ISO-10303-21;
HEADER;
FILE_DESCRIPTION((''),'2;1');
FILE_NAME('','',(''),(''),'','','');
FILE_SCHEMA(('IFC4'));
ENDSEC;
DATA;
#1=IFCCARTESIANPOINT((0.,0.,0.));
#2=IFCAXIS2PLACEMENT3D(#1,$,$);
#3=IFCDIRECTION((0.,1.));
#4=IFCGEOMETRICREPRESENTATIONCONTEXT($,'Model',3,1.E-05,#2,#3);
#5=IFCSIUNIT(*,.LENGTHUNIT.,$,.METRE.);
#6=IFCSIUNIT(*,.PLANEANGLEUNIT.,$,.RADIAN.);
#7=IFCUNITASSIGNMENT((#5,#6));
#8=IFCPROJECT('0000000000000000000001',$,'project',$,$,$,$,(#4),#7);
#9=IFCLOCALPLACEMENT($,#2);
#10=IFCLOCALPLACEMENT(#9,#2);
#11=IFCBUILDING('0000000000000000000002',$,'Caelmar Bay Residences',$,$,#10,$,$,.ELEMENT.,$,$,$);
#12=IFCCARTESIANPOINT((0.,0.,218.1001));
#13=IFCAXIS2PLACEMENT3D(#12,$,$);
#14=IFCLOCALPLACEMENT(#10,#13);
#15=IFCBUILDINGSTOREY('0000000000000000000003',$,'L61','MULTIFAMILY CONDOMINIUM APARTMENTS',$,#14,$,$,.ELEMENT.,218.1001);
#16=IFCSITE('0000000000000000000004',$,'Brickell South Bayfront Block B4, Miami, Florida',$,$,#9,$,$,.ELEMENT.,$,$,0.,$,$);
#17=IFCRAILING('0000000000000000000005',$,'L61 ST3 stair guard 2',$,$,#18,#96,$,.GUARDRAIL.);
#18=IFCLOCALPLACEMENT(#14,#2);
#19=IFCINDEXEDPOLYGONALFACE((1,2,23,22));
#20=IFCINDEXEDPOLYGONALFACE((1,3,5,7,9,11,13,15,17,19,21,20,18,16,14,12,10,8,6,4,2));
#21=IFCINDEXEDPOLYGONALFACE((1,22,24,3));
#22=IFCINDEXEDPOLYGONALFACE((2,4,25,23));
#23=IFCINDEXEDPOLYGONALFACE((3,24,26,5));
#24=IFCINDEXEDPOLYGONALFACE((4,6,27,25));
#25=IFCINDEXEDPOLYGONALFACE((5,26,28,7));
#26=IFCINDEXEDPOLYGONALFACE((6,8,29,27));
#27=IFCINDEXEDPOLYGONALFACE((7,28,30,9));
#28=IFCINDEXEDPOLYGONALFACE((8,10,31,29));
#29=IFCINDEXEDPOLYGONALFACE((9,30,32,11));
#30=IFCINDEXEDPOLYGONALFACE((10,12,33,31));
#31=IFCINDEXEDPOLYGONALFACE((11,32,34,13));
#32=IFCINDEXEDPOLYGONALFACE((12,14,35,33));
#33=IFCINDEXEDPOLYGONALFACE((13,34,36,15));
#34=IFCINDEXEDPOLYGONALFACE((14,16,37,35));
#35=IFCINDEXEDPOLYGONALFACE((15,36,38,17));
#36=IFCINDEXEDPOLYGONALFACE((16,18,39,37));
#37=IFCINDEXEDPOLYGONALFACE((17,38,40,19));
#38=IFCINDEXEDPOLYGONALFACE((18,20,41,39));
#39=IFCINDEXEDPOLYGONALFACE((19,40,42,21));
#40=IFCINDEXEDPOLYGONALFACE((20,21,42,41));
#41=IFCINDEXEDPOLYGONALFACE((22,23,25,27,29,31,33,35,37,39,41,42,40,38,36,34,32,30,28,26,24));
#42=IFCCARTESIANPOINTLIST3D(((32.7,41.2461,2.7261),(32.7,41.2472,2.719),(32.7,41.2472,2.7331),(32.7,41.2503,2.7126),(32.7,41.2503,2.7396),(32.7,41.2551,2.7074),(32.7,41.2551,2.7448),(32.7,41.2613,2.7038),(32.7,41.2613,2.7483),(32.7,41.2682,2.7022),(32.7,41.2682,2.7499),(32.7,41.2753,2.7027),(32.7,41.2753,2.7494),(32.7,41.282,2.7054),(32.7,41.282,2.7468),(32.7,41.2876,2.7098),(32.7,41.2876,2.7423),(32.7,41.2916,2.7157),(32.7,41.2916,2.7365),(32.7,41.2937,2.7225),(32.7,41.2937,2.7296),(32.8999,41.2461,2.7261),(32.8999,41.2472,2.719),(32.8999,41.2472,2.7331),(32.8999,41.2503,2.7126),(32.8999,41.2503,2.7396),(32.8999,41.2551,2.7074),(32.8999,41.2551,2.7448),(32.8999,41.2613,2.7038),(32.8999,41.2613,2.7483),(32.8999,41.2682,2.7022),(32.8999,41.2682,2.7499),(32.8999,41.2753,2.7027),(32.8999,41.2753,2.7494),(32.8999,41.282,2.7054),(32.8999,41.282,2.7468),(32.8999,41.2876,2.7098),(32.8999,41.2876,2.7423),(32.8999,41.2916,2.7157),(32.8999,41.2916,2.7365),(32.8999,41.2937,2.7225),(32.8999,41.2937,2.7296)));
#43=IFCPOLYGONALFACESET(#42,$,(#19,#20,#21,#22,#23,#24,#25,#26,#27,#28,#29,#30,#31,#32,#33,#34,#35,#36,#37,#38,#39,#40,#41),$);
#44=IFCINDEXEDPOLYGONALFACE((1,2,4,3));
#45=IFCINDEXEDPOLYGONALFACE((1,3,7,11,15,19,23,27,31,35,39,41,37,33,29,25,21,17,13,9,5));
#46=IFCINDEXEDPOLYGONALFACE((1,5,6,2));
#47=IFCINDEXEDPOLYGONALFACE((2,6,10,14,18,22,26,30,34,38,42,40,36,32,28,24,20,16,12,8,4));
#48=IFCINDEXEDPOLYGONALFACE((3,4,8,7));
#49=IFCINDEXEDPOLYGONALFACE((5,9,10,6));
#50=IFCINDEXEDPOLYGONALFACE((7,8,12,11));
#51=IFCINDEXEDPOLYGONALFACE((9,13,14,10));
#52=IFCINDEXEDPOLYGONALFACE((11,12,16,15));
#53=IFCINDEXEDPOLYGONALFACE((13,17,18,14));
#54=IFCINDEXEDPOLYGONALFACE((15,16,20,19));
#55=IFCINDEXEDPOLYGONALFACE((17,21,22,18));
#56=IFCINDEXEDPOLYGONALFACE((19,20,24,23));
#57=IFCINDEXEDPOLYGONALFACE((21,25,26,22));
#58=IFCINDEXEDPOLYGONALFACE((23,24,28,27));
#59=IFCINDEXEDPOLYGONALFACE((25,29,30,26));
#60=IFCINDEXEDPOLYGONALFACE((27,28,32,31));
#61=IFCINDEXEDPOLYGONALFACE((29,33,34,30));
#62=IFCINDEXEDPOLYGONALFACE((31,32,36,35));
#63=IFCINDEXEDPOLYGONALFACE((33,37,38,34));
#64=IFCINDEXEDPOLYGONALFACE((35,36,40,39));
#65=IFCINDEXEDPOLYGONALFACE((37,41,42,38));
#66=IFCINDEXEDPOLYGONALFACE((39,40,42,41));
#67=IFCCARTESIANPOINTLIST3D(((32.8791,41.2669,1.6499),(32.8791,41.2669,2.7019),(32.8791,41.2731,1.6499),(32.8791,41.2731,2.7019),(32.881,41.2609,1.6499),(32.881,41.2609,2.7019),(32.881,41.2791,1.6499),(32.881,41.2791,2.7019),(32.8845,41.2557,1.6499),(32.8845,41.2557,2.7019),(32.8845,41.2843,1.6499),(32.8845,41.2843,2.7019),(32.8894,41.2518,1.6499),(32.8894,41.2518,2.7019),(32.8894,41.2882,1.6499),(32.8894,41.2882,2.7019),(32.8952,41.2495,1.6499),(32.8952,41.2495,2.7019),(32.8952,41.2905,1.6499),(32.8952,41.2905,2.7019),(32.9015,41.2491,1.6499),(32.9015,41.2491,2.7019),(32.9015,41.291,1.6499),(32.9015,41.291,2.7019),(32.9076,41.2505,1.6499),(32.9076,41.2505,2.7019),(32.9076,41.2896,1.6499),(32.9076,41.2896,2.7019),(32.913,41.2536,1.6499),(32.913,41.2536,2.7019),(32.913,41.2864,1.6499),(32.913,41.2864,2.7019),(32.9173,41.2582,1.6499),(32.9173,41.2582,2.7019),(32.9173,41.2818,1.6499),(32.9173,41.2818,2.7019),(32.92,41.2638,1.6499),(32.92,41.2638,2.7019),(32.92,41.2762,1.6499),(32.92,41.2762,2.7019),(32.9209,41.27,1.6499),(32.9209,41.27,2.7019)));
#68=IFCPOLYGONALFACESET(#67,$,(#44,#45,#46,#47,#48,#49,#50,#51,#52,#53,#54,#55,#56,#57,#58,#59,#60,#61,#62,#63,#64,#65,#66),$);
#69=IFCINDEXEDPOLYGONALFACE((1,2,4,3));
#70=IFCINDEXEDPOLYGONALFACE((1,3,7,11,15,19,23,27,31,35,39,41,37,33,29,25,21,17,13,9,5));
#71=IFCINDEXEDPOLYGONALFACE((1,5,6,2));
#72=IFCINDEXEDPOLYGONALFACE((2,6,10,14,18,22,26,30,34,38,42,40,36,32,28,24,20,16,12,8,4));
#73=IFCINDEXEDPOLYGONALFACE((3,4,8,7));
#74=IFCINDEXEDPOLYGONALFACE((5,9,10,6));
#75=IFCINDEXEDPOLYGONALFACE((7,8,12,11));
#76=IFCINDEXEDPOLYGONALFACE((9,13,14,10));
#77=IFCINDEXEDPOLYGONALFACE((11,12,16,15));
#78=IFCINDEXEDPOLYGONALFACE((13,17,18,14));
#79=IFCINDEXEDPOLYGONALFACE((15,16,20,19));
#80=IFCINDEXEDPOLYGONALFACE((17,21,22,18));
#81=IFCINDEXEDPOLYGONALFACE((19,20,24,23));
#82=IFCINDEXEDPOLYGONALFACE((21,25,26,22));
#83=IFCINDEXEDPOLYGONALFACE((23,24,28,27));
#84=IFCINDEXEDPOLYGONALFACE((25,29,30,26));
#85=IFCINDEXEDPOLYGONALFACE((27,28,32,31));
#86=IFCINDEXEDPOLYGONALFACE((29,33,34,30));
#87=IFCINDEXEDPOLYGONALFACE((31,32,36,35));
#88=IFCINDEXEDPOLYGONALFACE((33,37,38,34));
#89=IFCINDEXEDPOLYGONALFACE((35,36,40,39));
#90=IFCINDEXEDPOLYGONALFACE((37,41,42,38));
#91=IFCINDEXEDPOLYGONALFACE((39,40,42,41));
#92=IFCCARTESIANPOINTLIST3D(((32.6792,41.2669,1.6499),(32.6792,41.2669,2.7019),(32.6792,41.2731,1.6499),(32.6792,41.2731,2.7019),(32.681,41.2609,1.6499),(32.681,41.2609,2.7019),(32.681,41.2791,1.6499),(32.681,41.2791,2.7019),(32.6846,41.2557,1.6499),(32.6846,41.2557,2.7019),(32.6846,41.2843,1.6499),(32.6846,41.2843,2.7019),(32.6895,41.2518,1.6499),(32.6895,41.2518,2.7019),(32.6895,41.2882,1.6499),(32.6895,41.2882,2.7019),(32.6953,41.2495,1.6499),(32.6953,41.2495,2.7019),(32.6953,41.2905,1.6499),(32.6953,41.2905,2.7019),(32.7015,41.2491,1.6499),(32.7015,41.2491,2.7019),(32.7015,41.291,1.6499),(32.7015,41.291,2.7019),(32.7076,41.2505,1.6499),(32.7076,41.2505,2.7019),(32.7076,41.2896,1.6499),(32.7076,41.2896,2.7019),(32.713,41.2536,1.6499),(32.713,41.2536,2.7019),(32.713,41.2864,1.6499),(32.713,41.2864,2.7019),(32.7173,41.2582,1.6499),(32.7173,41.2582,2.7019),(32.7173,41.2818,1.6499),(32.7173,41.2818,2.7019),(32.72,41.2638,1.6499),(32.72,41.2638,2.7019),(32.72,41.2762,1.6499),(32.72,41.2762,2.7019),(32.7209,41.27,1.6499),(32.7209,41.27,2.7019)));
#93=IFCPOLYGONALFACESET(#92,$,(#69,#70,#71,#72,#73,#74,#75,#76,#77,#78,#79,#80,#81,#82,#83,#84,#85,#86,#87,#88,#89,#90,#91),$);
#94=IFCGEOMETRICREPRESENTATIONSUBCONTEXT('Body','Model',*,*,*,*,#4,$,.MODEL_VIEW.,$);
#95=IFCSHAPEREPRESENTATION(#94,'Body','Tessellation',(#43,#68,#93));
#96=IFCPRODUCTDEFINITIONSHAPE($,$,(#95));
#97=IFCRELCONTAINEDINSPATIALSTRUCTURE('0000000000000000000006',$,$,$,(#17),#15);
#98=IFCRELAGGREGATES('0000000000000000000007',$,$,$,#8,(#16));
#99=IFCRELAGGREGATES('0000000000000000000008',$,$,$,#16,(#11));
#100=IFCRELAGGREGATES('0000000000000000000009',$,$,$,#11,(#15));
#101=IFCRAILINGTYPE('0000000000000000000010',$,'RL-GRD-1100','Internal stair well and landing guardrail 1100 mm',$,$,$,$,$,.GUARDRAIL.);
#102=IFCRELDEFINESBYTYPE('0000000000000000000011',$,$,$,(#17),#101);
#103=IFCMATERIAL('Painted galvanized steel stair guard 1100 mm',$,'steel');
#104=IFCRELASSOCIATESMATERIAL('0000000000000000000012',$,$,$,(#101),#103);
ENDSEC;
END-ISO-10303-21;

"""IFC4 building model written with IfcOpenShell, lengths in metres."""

from ifc_helpers import new_model, si_unit, direction, frame, origin, origin_2d, place, context, subcontext, project, spatial, circle, extrude, material, type_object, element, save


model = new_model("IFC4")

# Units and contexts
model_context = context("Model", 3, precision=1e-05, world=origin(), true_north=direction((0.0, 1.0)))
body_context = subcontext(model_context, "Body", "Model", "MODEL_VIEW")
ifc_project = project(units=[si_unit("LENGTHUNIT", "METRE"), si_unit("PLANEANGLEUNIT", "RADIAN")], contexts=[model_context])

# Site, building, storey
site_placement = place(None, origin())
site = spatial("IfcSite", under=ifc_project, at=site_placement, Name="Brickell South Bayfront Block B4, Miami, Florida", CompositionType="ELEMENT", RefElevation=0.0)
building_placement = place(site_placement, origin())
building = spatial("IfcBuilding", under=site, at=building_placement, Name="Caelmar Bay Residences", CompositionType="ELEMENT")
storey_placement = place(building_placement, frame((0.0, 0.0, 218.1001)))
storey = spatial("IfcBuildingStorey", under=building, at=storey_placement, Name="L61", Description="MULTIFAMILY CONDOMINIUM APARTMENTS", CompositionType="ELEMENT", Elevation=218.1001)

# Railing
ifc_material_1 = material(Name="Painted galvanized steel stair guard 1100 mm", Category="steel")
railing_type_1 = type_object("IfcRailingType", Name="RL-GRD-1100", Description="Internal stair well and landing guardrail 1100 mm", PredefinedType="GUARDRAIL", material=ifc_material_1)
railing_1_placement = place(storey_placement, frame((32.8999, 41.27, 1.6499)))
element("IfcRailing", 1, at=railing_1_placement, inside=storey, type_object=railing_type_1, Name="L61 ST3 stair guard 2", PredefinedType="GUARDRAIL", context=body_context, shape_type="SweptSolid", body=[
    extrude(circle(Radius=0.0239, at=origin_2d()), frame((0.0, 0.0, 1.0762), z_axis=(-1.0, 0.0, 0.0), x_axis=(0.0, -1.0, 0.0)), (0.0, 0.0, 1.0), 0.2),
    extrude(circle(Radius=0.021, at=origin_2d()), origin(), (0.0, 0.0, 1.0), 1.052),
    extrude(circle(Radius=0.021, at=origin_2d()), frame((-0.2, 0.0, 0.0)), (0.0, 0.0, 1.0), 1.052),
])

save(model, "model.ifc")
